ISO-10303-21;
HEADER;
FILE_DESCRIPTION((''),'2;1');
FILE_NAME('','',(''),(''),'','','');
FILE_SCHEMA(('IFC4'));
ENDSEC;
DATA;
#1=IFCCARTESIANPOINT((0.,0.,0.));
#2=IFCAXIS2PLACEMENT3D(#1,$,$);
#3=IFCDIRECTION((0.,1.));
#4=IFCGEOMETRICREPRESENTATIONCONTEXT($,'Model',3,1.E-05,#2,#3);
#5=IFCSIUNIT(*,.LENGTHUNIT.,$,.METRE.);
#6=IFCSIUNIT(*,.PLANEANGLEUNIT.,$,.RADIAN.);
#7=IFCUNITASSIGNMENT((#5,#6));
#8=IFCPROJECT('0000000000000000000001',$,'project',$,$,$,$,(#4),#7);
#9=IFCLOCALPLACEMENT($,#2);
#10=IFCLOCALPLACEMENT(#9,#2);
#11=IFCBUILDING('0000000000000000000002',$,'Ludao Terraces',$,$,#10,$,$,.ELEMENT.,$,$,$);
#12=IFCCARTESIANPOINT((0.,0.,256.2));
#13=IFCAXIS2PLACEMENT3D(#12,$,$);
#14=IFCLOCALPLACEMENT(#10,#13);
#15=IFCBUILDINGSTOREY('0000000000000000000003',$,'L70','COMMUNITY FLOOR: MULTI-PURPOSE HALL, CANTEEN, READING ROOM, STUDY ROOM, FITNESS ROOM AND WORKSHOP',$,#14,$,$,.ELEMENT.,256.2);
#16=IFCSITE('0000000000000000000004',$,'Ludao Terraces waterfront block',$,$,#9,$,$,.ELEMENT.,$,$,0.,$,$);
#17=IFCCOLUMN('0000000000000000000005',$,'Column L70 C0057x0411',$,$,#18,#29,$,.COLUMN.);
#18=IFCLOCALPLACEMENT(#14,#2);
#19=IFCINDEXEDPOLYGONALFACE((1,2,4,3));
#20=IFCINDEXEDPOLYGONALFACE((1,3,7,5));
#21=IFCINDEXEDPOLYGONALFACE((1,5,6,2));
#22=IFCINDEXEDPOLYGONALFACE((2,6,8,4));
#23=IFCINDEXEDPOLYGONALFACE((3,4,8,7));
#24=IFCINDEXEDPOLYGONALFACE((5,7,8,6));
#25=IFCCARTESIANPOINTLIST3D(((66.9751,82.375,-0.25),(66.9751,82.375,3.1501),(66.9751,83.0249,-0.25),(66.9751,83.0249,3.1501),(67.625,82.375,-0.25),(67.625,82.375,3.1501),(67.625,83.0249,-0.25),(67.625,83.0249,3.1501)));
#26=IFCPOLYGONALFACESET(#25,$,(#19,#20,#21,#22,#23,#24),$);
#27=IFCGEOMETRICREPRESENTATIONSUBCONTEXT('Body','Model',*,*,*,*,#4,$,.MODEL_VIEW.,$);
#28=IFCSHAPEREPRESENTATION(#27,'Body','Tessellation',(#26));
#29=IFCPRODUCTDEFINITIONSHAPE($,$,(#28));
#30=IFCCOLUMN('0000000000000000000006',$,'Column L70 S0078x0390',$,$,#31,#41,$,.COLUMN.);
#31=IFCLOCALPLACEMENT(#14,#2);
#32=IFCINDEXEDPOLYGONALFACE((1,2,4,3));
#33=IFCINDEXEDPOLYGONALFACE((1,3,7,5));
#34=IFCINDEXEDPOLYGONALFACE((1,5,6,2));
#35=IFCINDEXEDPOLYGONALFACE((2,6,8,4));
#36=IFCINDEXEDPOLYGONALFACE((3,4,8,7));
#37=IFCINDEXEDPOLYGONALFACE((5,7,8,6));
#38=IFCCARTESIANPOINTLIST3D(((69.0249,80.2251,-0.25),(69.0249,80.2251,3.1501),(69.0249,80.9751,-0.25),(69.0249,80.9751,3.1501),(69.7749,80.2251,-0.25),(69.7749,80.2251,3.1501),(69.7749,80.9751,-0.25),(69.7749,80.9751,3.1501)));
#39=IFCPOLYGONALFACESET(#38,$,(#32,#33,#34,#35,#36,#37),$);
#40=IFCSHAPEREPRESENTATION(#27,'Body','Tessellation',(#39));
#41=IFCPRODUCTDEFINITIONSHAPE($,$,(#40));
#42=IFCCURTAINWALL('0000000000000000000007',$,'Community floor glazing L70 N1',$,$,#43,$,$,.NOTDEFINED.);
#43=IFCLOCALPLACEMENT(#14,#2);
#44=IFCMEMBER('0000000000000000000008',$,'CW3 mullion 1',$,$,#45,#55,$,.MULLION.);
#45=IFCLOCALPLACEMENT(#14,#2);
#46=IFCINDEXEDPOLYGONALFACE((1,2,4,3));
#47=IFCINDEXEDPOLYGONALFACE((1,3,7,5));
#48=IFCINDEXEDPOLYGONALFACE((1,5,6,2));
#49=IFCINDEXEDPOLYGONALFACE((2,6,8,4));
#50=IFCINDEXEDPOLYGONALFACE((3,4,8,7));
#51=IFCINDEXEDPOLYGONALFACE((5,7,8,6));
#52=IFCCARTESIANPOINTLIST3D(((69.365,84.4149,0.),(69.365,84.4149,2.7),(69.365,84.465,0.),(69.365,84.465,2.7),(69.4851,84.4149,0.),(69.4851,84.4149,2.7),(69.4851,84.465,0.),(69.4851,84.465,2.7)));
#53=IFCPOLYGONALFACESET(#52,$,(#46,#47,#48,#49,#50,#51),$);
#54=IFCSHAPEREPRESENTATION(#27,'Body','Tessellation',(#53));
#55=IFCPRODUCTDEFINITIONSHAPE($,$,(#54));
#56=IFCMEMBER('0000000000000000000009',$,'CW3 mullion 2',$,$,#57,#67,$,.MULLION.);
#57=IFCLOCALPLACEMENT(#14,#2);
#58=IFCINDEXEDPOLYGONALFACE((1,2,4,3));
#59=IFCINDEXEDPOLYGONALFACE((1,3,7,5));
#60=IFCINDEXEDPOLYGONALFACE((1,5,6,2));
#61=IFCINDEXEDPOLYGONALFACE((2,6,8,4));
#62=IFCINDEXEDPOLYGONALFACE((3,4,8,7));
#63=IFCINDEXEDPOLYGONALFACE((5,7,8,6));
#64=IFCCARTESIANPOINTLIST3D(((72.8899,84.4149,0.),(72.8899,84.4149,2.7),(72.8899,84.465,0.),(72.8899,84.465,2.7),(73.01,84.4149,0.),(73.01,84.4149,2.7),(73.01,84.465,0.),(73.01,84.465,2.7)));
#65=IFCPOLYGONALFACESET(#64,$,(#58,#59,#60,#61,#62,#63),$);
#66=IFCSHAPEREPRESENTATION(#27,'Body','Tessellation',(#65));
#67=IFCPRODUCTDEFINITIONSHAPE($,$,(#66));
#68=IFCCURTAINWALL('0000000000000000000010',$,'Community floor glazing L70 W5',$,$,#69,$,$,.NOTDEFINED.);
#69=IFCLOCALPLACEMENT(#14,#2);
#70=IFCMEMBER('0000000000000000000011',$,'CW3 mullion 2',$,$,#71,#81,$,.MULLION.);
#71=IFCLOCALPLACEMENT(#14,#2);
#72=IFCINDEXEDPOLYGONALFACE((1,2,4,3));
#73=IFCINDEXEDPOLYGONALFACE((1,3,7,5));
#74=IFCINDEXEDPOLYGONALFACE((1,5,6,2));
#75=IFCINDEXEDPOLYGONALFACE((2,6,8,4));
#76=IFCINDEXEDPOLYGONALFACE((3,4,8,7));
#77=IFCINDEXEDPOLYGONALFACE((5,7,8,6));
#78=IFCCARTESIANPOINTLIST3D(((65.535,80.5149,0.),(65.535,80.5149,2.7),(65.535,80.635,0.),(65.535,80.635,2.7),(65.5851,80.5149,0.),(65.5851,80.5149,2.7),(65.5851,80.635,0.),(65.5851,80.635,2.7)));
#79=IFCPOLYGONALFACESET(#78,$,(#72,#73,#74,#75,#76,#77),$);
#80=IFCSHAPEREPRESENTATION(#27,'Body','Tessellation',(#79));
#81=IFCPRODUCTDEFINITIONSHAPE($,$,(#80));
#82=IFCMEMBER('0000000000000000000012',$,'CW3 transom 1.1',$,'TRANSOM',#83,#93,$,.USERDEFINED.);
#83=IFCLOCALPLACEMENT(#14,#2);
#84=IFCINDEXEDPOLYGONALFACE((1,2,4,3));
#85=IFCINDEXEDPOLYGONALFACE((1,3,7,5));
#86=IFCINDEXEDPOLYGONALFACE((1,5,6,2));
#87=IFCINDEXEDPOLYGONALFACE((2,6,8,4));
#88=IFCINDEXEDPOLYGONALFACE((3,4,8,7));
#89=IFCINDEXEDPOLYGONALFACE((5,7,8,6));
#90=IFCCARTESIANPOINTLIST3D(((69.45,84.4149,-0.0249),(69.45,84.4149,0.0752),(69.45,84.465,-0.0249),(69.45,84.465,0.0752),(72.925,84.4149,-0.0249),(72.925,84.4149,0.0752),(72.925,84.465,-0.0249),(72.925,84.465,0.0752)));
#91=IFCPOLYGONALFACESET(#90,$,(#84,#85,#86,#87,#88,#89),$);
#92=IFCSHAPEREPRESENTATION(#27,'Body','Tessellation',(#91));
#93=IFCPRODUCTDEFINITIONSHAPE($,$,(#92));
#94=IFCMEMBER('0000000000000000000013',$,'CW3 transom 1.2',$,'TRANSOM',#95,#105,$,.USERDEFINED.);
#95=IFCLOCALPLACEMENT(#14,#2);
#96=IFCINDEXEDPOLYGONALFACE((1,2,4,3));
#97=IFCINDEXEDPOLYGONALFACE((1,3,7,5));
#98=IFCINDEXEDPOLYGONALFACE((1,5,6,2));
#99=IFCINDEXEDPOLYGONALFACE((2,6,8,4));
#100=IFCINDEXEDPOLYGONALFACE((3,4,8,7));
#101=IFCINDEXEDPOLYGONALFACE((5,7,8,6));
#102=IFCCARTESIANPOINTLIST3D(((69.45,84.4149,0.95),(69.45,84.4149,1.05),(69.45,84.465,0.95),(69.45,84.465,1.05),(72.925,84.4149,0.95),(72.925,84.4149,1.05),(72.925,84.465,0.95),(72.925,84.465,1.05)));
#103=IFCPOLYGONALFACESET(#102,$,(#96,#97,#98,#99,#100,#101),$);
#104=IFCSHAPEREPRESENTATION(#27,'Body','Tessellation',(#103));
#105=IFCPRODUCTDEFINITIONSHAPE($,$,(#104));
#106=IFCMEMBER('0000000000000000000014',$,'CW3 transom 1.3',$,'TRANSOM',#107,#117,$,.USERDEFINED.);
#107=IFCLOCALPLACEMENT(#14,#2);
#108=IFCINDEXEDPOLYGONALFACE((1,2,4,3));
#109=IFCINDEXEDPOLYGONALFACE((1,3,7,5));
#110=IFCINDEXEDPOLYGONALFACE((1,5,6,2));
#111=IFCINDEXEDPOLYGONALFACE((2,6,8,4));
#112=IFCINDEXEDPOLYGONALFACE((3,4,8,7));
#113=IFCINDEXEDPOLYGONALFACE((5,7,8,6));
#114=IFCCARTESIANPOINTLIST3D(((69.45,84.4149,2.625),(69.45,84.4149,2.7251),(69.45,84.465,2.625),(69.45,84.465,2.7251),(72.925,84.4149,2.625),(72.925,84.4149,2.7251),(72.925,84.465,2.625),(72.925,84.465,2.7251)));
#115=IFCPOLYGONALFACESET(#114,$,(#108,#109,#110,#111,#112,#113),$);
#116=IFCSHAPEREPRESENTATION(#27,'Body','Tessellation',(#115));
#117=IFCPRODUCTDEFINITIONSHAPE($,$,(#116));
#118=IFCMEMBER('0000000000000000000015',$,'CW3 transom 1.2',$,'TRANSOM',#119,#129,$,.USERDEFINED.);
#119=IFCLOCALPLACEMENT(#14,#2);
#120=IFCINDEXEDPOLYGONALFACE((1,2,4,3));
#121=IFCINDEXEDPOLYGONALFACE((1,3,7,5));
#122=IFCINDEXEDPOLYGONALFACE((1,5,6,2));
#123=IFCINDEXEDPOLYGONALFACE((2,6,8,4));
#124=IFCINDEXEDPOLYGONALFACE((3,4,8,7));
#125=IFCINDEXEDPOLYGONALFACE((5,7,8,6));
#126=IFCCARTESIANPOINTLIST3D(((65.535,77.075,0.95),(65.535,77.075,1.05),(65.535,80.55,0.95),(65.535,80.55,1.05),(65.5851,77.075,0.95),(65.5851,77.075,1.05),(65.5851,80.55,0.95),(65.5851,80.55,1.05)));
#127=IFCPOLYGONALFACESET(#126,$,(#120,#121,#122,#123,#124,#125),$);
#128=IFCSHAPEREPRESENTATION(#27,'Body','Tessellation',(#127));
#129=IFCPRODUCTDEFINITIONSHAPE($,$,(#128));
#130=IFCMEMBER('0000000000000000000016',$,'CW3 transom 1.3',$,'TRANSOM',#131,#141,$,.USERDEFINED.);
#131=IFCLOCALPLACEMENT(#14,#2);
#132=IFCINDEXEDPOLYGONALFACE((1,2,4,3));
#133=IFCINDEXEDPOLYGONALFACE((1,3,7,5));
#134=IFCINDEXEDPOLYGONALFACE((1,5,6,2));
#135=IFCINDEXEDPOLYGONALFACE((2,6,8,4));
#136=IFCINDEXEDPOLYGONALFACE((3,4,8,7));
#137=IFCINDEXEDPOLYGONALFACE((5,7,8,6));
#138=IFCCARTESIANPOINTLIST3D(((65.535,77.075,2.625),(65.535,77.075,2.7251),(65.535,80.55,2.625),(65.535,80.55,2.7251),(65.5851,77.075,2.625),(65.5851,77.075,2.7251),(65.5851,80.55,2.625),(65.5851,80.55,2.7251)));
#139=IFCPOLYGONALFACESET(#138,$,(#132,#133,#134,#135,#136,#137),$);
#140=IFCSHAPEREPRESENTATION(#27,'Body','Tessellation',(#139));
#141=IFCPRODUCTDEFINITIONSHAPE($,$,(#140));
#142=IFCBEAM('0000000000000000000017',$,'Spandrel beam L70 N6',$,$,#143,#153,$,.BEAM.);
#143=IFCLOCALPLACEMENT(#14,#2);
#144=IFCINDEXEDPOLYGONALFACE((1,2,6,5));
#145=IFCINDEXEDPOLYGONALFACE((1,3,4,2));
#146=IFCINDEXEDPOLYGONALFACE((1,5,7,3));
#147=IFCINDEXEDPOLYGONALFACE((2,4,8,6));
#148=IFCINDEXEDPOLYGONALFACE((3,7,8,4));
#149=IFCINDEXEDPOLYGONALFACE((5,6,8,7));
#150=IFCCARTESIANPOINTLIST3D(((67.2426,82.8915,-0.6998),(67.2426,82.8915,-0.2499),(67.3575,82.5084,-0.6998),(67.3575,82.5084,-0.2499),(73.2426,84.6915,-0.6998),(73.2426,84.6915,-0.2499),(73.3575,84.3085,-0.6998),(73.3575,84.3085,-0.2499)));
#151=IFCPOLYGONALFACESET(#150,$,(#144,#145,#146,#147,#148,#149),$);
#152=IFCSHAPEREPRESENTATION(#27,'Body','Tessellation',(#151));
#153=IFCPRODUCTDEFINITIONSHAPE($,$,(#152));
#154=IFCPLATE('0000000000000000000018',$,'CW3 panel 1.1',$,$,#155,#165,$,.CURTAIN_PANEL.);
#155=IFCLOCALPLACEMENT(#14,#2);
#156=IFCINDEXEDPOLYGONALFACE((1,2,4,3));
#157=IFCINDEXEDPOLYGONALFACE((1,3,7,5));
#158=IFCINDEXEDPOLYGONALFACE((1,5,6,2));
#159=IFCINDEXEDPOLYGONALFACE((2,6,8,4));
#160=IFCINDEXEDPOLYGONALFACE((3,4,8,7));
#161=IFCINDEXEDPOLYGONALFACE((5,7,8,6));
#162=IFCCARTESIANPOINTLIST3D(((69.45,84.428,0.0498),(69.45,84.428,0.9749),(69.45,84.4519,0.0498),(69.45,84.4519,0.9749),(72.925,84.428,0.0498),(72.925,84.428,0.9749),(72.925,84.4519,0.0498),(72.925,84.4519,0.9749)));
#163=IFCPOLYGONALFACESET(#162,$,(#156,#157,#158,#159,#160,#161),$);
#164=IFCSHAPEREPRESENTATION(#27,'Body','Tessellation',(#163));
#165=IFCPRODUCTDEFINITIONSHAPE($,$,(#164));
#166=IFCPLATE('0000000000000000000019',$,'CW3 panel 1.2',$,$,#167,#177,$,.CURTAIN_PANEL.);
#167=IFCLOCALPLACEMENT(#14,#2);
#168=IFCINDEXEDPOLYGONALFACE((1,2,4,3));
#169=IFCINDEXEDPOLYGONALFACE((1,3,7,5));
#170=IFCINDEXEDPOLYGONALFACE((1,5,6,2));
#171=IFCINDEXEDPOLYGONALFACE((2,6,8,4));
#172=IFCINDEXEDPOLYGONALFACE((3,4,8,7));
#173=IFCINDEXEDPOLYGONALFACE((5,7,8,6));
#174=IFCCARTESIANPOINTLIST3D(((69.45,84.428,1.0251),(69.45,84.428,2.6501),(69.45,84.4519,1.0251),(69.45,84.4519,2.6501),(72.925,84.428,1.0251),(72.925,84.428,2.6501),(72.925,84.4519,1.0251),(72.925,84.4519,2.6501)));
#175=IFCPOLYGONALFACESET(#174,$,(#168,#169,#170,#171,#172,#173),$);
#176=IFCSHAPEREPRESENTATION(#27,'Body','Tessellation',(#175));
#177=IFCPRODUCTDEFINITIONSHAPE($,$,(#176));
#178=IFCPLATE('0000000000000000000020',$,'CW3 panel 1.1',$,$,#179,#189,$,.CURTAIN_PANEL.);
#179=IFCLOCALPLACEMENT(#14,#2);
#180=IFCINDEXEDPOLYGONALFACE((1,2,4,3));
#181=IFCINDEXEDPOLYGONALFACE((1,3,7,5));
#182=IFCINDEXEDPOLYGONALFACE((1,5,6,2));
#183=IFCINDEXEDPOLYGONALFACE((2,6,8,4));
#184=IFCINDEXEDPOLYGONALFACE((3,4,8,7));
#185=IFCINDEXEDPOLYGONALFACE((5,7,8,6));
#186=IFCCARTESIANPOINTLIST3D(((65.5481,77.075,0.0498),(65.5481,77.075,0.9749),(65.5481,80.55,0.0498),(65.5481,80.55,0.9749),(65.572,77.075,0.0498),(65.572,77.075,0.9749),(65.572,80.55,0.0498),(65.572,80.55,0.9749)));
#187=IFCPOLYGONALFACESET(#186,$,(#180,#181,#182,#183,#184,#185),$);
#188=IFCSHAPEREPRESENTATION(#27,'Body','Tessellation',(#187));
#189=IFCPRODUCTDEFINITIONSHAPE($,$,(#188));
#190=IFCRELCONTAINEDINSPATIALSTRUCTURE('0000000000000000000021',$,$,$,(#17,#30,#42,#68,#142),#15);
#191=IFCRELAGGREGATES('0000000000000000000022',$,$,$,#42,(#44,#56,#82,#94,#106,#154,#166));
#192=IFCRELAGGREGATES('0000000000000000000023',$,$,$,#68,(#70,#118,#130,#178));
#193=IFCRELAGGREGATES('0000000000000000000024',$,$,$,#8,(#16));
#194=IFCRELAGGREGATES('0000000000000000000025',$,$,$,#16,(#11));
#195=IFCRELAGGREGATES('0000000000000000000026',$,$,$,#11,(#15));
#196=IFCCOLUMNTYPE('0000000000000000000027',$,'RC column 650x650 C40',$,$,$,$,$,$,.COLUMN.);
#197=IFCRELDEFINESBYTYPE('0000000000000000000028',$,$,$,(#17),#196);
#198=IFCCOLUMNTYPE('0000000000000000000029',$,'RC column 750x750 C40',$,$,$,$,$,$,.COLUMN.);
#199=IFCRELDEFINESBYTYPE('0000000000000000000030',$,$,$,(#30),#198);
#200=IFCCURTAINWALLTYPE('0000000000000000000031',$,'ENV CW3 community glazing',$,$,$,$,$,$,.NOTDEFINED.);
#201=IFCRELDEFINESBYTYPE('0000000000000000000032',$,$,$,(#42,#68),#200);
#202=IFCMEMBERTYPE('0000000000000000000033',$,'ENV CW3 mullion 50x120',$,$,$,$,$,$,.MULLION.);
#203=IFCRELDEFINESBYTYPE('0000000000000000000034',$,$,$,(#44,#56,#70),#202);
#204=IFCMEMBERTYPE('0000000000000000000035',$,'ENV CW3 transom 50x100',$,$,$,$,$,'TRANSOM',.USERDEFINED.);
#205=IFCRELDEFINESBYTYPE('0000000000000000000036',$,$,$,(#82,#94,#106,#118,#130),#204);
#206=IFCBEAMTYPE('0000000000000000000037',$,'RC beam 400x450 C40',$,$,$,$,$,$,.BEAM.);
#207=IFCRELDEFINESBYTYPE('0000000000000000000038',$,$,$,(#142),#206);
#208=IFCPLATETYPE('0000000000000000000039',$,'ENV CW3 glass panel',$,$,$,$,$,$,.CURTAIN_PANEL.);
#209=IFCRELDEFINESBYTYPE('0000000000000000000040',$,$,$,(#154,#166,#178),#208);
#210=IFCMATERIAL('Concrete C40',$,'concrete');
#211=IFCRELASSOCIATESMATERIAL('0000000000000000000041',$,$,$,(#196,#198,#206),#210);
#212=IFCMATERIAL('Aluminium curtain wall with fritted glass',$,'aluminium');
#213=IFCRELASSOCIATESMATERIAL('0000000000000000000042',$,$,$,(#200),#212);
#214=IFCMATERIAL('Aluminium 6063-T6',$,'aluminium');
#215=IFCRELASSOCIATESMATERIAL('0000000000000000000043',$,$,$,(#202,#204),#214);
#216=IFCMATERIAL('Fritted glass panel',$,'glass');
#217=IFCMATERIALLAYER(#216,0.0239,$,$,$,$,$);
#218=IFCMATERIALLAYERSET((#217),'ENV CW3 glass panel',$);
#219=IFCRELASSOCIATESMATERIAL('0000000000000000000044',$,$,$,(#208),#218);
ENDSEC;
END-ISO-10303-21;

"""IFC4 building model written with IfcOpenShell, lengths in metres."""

from ifc_helpers import new_model, si_unit, direction, frame, origin, origin_2d, place, context, subcontext, project, spatial, rectangle, extrude, material, layer, layer_set, material_profile, profile_set, type_object, element, aggregate, save


model = new_model("IFC4")

# Units and contexts
model_context = context("Model", 3, precision=1e-05, world=origin(), true_north=direction((0.0, 1.0)))
body_context = subcontext(model_context, "Body", "Model", "MODEL_VIEW")
ifc_project = project(units=[si_unit("LENGTHUNIT", "METRE"), si_unit("PLANEANGLEUNIT", "RADIAN")], contexts=[model_context])

# Site, building, storey
site_placement = place(None, origin())
site = spatial("IfcSite", under=ifc_project, at=site_placement, Name="Ludao Terraces waterfront block", CompositionType="ELEMENT", RefElevation=0.0)
building_placement = place(site_placement, origin())
building = spatial("IfcBuilding", under=site, at=building_placement, Name="Ludao Terraces", CompositionType="ELEMENT")
storey_placement = place(building_placement, frame((0.0, 0.0, 256.2)))
storey = spatial("IfcBuildingStorey", under=building, at=storey_placement, Name="L70", Description="COMMUNITY FLOOR: MULTI-PURPOSE HALL, CANTEEN, READING ROOM, STUDY ROOM, FITNESS ROOM AND WORKSHOP", CompositionType="ELEMENT", Elevation=256.2)

# Columns
ifc_material_1 = material(Name="Concrete C40", Category="concrete")
ifc_material_profile_1 = material_profile(ifc_material_1, rectangle(XDim=0.6499, YDim=0.6499, at=origin_2d()), Name="650 X 650")
ifc_profile_set_1 = profile_set([ifc_material_profile_1], Name="Concrete C40")
column_type_1 = type_object("IfcColumnType", Name="RC column 650x650 C40", PredefinedType="COLUMN", material=ifc_profile_set_1)
column_1_placement = place(storey_placement, frame((67.3, 82.7, -0.25), z_axis=(0.0, 0.0, 1.0), x_axis=(1.0, 0.0, 0.0)))
element("IfcColumn", 1, at=column_1_placement, inside=storey, type_object=column_type_1, Name="Column L70 C0057x0411", PredefinedType="COLUMN", context=body_context, shape_type="SweptSolid", body=[
    extrude(rectangle(XDim=0.6499, YDim=0.6499, at=origin_2d()), origin(), (0.0, 0.0, 1.0), 3.4001),
])
ifc_material_profile_2 = material_profile(ifc_material_1, rectangle(XDim=0.75, YDim=0.75, at=origin_2d()), Name="750 X 750")
ifc_profile_set_2 = profile_set([ifc_material_profile_2], Name="Concrete C40")
column_type_2 = type_object("IfcColumnType", Name="RC column 750x750 C40", PredefinedType="COLUMN", material=ifc_profile_set_2)
column_2_placement = place(storey_placement, frame((69.3999, 80.6001, -0.25), z_axis=(0.0, 0.0, 1.0), x_axis=(1.0, 0.0, 0.0)))
element("IfcColumn", 2, at=column_2_placement, inside=storey, type_object=column_type_2, Name="Column L70 S0078x0390", PredefinedType="COLUMN", context=body_context, shape_type="SweptSolid", body=[
    extrude(rectangle(XDim=0.75, YDim=0.75, at=origin_2d()), origin(), (0.0, 0.0, 1.0), 3.4001),
])

# Curtain wall, members
ifc_material_2 = material(Name="Aluminium curtain wall with fritted glass", Category="aluminium")
curtain_wall_type = type_object("IfcCurtainWallType", Name="ENV CW3 community glazing", PredefinedType="NOTDEFINED", material=ifc_material_2)
curtain_wall_1_placement = place(storey_placement, origin())
curtain_wall_1 = element("IfcCurtainWall", 3, at=curtain_wall_1_placement, inside=storey, type_object=curtain_wall_type, Name="Community floor glazing L70 N1", PredefinedType="NOTDEFINED")
ifc_material_3 = material(Name="Aluminium 6063-T6", Category="aluminium")
ifc_material_profile_3 = material_profile(ifc_material_3, rectangle(XDim=0.05, YDim=0.1201, at=origin_2d()), Name="50 X 120")
ifc_profile_set_3 = profile_set([ifc_material_profile_3], Name="Aluminium 6063-T6")
member_type_1 = type_object("IfcMemberType", Name="ENV CW3 mullion 50x120", PredefinedType="MULLION", material=ifc_profile_set_3)
member_1_placement = place(storey_placement, frame((69.425, 84.4399, 0.0), z_axis=(0.0, 0.0, 1.0), x_axis=(0.0, 1.0, 0.0)))
member_1 = element("IfcMember", 4, at=member_1_placement, type_object=member_type_1, Name="CW3 mullion 1", PredefinedType="MULLION", context=body_context, shape_type="SweptSolid", body=[
    extrude(rectangle(XDim=0.05, YDim=0.1201, at=origin_2d()), origin(), (0.0, 0.0, 1.0), 2.7),
])
member_2_placement = place(storey_placement, frame((72.95, 84.4399, 0.0), z_axis=(0.0, 0.0, 1.0), x_axis=(0.0, 1.0, 0.0)))
member_2 = element("IfcMember", 5, at=member_2_placement, type_object=member_type_1, Name="CW3 mullion 2", PredefinedType="MULLION", context=body_context, shape_type="SweptSolid", body=[
    extrude(rectangle(XDim=0.05, YDim=0.1201, at=origin_2d()), origin(), (0.0, 0.0, 1.0), 2.7),
])

# Curtain wall, member
curtain_wall_2_placement = place(storey_placement, origin())
curtain_wall_2 = element("IfcCurtainWall", 6, at=curtain_wall_2_placement, inside=storey, type_object=curtain_wall_type, Name="Community floor glazing L70 W5", PredefinedType="NOTDEFINED")
member_3_placement = place(storey_placement, frame((65.5601, 80.575, 0.0), z_axis=(0.0, 0.0, 1.0), x_axis=(-1.0, 0.0, 0.0)))
member_3 = element("IfcMember", 7, at=member_3_placement, type_object=member_type_1, Name="CW3 mullion 2", PredefinedType="MULLION", context=body_context, shape_type="SweptSolid", body=[
    extrude(rectangle(XDim=0.05, YDim=0.1201, at=origin_2d()), origin(), (0.0, 0.0, 1.0), 2.7),
])

# Members
ifc_material_profile_4 = material_profile(ifc_material_3, rectangle(XDim=0.05, YDim=0.1001, at=origin_2d()), Name="50 X 100")
ifc_profile_set_4 = profile_set([ifc_material_profile_4], Name="Aluminium 6063-T6")
member_type_2 = type_object("IfcMemberType", Name="ENV CW3 transom 50x100", ElementType="TRANSOM", PredefinedType="USERDEFINED", material=ifc_profile_set_4)
member_4_placement = place(storey_placement, frame((69.45, 84.4399, 0.0251), z_axis=(1.0, 0.0, 0.0), x_axis=(0.0, 1.0, 0.0)))
member_4 = element("IfcMember", 8, at=member_4_placement, type_object=member_type_2, Name="CW3 transom 1.1", ObjectType="TRANSOM", PredefinedType="USERDEFINED", context=body_context, shape_type="SweptSolid", body=[
    extrude(rectangle(XDim=0.05, YDim=0.1001, at=origin_2d()), origin(), (0.0, 0.0, 1.0), 3.4751),
])
member_5_placement = place(storey_placement, frame((69.45, 84.4399, 1.0), z_axis=(1.0, 0.0, 0.0), x_axis=(0.0, 1.0, 0.0)))
member_5 = element("IfcMember", 9, at=member_5_placement, type_object=member_type_2, Name="CW3 transom 1.2", ObjectType="TRANSOM", PredefinedType="USERDEFINED", context=body_context, shape_type="SweptSolid", body=[
    extrude(rectangle(XDim=0.05, YDim=0.1001, at=origin_2d()), origin(), (0.0, 0.0, 1.0), 3.4751),
])
member_6_placement = place(storey_placement, frame((69.45, 84.4399, 2.675), z_axis=(1.0, 0.0, 0.0), x_axis=(0.0, 1.0, 0.0)))
member_6 = element("IfcMember", 10, at=member_6_placement, type_object=member_type_2, Name="CW3 transom 1.3", ObjectType="TRANSOM", PredefinedType="USERDEFINED", context=body_context, shape_type="SweptSolid", body=[
    extrude(rectangle(XDim=0.05, YDim=0.1001, at=origin_2d()), origin(), (0.0, 0.0, 1.0), 3.4751),
])
member_7_placement = place(storey_placement, frame((65.5601, 77.075, 1.0), z_axis=(0.0, 1.0, 0.0), x_axis=(-1.0, 0.0, 0.0)))
member_7 = element("IfcMember", 11, at=member_7_placement, type_object=member_type_2, Name="CW3 transom 1.2", ObjectType="TRANSOM", PredefinedType="USERDEFINED", context=body_context, shape_type="SweptSolid", body=[
    extrude(rectangle(XDim=0.05, YDim=0.1001, at=origin_2d()), origin(), (0.0, 0.0, 1.0), 3.4751),
])
member_8_placement = place(storey_placement, frame((65.5601, 77.075, 2.675), z_axis=(0.0, 1.0, 0.0), x_axis=(-1.0, 0.0, 0.0)))
member_8 = element("IfcMember", 12, at=member_8_placement, type_object=member_type_2, Name="CW3 transom 1.3", ObjectType="TRANSOM", PredefinedType="USERDEFINED", context=body_context, shape_type="SweptSolid", body=[
    extrude(rectangle(XDim=0.05, YDim=0.1001, at=origin_2d()), origin(), (0.0, 0.0, 1.0), 3.4751),
])

# Beam
ifc_material_profile_5 = material_profile(ifc_material_1, rectangle(XDim=0.3999, YDim=0.45, at=origin_2d()), Name="400 X 450")
ifc_profile_set_5 = profile_set([ifc_material_profile_5], Name="Concrete C40")
beam_type = type_object("IfcBeamType", Name="RC beam 400x450 C40", PredefinedType="BEAM", material=ifc_profile_set_5)
beam_placement = place(storey_placement, frame((67.3, 82.7, -0.4749), z_axis=(0.957824, 0.287355, 0.0), x_axis=(-0.287355, 0.957824, 0.0)))
element("IfcBeam", 13, at=beam_placement, inside=storey, type_object=beam_type, Name="Spandrel beam L70 N6", PredefinedType="BEAM", context=body_context, shape_type="SweptSolid", body=[
    extrude(rectangle(XDim=0.3999, YDim=0.45, at=origin_2d()), origin(), (0.0, 0.0, 1.0), 6.2642),
])

# Plates
ifc_material_4 = material(Name="Fritted glass panel", Category="glass")
ifc_layer_1 = layer(ifc_material_4, 0.0239)
ifc_layer_set_1 = layer_set([ifc_layer_1], Name="ENV CW3 glass panel")
plate_type = type_object("IfcPlateType", Name="ENV CW3 glass panel", PredefinedType="CURTAIN_PANEL", material=ifc_layer_set_1)
plate_1_placement = place(storey_placement, frame((71.1875, 84.4399, 0.0498), z_axis=(0.0, 0.0, 1.0), x_axis=(1.0, 0.0, 0.0)))
plate_1 = element("IfcPlate", 14, at=plate_1_placement, type_object=plate_type, Name="CW3 panel 1.1", PredefinedType="CURTAIN_PANEL", context=body_context, shape_type="SweptSolid", body=[
    extrude(rectangle(XDim=3.4751, YDim=0.0239, at=origin_2d()), origin(), (0.0, 0.0, 1.0), 0.925),
])
plate_2_placement = place(storey_placement, frame((71.1875, 84.4399, 1.0251), z_axis=(0.0, 0.0, 1.0), x_axis=(1.0, 0.0, 0.0)))
plate_2 = element("IfcPlate", 15, at=plate_2_placement, type_object=plate_type, Name="CW3 panel 1.2", PredefinedType="CURTAIN_PANEL", context=body_context, shape_type="SweptSolid", body=[
    extrude(rectangle(XDim=3.4751, YDim=0.0239, at=origin_2d()), origin(), (0.0, 0.0, 1.0), 1.625),
])
aggregate(curtain_wall_1, [member_1, member_2, member_4, member_5, member_6, plate_1, plate_2])
plate_3_placement = place(storey_placement, frame((65.5601, 78.8125, 0.0498), z_axis=(0.0, 0.0, 1.0), x_axis=(0.0, 1.0, 0.0)))
plate_3 = element("IfcPlate", 16, at=plate_3_placement, type_object=plate_type, Name="CW3 panel 1.1", PredefinedType="CURTAIN_PANEL", context=body_context, shape_type="SweptSolid", body=[
    extrude(rectangle(XDim=3.4751, YDim=0.0239, at=origin_2d()), origin(), (0.0, 0.0, 1.0), 0.925),
])
aggregate(curtain_wall_2, [member_3, member_7, member_8, plate_3])

save(model, "model.ifc")
